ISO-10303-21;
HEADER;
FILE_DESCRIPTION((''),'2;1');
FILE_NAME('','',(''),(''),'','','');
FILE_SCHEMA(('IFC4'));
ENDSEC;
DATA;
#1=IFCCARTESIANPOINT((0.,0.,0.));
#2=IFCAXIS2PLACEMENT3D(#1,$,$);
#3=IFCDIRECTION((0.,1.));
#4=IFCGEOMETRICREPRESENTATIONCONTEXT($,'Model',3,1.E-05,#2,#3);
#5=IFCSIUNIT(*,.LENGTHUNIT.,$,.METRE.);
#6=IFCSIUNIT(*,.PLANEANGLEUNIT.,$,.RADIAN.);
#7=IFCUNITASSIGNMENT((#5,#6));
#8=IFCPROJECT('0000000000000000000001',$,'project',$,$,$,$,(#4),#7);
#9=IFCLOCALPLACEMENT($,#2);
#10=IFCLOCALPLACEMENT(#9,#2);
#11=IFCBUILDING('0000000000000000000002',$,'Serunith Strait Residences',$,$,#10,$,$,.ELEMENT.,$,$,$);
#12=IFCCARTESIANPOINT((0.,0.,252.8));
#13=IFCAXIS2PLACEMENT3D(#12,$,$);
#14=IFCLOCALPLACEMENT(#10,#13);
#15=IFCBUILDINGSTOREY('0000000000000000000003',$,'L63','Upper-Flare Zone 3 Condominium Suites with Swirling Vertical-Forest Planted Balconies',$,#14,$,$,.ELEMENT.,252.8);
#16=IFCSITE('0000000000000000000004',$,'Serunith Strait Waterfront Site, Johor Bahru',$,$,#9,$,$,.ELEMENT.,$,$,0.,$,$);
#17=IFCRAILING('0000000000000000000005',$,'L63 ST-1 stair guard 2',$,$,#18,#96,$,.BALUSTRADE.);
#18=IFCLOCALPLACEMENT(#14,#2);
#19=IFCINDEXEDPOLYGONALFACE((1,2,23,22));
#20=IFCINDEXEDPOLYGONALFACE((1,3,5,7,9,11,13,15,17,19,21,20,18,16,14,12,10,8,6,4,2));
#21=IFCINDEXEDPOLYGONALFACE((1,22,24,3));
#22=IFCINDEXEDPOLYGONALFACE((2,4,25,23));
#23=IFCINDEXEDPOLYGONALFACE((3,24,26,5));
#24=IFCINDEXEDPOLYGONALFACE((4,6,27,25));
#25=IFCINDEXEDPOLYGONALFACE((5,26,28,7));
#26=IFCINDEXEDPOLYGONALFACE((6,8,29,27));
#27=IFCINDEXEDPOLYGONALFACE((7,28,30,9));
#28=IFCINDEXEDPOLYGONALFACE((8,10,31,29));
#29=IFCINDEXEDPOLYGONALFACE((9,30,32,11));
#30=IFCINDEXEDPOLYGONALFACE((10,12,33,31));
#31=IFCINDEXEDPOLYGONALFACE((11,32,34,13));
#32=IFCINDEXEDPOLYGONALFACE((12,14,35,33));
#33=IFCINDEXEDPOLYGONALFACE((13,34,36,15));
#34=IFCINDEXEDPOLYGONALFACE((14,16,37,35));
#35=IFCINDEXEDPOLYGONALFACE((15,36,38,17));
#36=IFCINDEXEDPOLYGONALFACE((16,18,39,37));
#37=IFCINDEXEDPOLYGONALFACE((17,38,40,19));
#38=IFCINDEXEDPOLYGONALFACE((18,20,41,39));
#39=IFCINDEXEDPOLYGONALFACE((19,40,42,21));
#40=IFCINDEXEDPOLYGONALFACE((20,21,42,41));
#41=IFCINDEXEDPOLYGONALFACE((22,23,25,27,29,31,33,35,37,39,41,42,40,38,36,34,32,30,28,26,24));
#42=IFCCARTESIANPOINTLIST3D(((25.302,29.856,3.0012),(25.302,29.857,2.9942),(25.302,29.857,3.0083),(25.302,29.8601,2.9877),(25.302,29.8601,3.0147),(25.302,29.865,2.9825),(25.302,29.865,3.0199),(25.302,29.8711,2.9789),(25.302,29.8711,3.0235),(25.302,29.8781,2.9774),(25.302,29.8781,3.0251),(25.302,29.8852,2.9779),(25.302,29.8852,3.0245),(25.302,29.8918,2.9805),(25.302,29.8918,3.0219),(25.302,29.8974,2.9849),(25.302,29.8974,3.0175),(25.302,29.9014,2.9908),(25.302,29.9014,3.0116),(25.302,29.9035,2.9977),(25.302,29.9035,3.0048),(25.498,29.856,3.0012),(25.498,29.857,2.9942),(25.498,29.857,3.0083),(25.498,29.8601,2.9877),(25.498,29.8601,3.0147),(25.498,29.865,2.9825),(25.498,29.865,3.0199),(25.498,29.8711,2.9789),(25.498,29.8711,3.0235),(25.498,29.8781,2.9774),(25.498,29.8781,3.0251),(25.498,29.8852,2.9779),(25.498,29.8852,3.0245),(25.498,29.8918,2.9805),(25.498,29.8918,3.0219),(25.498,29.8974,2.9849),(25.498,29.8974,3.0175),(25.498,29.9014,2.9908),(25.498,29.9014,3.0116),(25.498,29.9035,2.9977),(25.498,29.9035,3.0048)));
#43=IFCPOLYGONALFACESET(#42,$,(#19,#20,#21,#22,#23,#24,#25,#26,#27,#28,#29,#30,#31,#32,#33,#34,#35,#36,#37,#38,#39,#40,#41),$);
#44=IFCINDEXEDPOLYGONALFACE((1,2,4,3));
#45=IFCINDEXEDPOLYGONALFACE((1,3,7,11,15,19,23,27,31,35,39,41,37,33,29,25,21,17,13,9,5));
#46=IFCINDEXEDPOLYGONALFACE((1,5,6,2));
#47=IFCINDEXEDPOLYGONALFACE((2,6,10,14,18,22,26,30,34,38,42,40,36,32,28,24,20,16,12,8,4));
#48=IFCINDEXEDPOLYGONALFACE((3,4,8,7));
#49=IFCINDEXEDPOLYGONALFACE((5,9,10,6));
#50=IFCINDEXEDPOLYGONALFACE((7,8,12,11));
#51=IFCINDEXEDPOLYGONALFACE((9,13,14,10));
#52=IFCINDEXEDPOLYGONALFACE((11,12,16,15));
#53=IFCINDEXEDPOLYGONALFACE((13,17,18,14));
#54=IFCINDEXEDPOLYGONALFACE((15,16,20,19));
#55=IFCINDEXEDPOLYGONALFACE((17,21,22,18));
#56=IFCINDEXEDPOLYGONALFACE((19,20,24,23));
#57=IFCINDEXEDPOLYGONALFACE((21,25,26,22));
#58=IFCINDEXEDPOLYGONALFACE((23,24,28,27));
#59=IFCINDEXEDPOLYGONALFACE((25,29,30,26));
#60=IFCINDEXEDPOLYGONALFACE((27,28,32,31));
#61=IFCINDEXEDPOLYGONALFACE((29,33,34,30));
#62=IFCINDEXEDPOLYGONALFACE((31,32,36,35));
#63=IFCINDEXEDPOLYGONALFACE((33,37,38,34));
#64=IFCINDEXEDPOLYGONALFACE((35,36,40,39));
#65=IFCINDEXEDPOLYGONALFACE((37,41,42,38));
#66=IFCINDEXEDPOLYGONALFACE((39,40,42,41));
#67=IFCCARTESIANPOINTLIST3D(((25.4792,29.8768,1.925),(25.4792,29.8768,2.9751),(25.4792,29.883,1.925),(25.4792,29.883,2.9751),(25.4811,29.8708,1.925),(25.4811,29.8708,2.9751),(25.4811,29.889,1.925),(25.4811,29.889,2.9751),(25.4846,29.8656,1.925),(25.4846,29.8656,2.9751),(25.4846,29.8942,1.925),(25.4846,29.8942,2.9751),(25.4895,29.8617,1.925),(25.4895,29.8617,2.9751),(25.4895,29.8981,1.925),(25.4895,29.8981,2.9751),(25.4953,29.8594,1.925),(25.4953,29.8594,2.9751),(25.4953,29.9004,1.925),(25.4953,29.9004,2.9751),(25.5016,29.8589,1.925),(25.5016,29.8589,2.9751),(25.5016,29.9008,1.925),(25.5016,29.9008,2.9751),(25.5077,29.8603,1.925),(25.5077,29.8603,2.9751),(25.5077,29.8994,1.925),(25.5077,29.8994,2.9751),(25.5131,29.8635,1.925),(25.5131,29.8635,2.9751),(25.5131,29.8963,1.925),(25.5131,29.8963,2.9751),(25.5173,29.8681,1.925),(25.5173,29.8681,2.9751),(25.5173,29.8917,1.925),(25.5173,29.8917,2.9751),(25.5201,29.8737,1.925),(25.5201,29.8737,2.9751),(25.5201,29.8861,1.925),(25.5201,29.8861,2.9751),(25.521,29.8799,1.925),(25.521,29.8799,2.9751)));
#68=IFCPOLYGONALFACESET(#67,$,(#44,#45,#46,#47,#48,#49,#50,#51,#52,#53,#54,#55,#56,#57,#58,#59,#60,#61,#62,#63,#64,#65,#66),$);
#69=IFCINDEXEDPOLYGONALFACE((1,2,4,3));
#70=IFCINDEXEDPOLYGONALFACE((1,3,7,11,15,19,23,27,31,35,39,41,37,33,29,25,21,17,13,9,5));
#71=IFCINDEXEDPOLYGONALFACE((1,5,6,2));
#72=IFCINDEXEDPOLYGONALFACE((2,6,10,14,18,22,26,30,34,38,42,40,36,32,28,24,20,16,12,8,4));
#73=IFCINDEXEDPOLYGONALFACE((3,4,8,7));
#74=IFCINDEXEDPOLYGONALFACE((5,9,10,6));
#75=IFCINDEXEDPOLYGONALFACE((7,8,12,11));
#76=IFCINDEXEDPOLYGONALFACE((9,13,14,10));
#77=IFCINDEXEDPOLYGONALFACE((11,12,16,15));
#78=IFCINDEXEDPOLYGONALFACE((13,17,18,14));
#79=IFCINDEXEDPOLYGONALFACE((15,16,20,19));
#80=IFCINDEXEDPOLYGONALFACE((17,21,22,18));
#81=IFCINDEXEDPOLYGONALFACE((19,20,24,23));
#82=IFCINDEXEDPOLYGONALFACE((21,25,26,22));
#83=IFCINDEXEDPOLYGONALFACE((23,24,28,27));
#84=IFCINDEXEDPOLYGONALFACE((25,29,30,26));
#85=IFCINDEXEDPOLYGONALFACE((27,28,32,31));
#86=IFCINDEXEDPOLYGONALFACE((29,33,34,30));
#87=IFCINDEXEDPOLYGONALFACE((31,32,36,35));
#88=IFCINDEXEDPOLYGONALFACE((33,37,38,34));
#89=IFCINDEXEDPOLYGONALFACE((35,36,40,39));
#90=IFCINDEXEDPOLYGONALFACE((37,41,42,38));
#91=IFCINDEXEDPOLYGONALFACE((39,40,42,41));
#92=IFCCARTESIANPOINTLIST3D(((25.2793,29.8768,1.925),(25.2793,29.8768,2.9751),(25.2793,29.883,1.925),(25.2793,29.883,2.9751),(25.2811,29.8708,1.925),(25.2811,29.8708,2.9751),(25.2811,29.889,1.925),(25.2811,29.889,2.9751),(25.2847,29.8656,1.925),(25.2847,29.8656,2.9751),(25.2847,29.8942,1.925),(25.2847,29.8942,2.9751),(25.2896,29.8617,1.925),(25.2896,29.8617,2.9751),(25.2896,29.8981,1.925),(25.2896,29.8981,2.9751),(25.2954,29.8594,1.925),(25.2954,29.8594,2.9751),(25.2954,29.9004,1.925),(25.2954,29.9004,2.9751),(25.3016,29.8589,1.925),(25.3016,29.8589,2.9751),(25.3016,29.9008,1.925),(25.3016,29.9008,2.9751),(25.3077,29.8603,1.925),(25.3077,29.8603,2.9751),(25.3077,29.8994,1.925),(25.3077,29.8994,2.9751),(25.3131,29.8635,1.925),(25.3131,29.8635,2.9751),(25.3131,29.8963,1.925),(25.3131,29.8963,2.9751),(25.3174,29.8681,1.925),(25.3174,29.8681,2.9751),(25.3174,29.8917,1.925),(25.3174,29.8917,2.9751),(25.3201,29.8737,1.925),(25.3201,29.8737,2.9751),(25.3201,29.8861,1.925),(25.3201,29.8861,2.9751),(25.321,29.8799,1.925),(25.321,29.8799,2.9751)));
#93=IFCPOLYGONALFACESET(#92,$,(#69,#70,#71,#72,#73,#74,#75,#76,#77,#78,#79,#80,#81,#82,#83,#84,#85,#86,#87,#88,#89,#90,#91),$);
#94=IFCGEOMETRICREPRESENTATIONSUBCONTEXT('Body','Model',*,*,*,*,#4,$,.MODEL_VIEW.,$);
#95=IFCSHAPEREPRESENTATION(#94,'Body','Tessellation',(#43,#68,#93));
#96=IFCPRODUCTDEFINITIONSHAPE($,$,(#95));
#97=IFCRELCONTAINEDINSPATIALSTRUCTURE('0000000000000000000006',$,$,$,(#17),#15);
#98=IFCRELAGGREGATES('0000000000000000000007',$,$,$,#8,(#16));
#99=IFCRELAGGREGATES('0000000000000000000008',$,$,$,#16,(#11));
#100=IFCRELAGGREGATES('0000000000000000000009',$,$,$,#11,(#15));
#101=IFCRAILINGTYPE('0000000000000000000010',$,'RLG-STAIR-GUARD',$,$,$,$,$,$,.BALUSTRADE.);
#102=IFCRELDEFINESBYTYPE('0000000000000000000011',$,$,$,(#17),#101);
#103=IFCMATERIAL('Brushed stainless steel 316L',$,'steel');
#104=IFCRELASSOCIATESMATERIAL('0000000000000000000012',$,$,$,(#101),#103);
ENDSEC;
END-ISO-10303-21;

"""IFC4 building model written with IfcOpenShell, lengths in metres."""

from ifc_helpers import new_model, si_unit, direction, frame, origin, origin_2d, place, context, subcontext, project, spatial, circle, extrude, material, type_object, element, save


model = new_model("IFC4")

# Units and contexts
model_context = context("Model", 3, precision=1e-05, world=origin(), true_north=direction((0.0, 1.0)))
body_context = subcontext(model_context, "Body", "Model", "MODEL_VIEW")
ifc_project = project(units=[si_unit("LENGTHUNIT", "METRE"), si_unit("PLANEANGLEUNIT", "RADIAN")], contexts=[model_context])

# Site, building, storey
site_placement = place(None, origin())
site = spatial("IfcSite", under=ifc_project, at=site_placement, Name="Serunith Strait Waterfront Site, Johor Bahru", CompositionType="ELEMENT", RefElevation=0.0)
building_placement = place(site_placement, origin())
building = spatial("IfcBuilding", under=site, at=building_placement, Name="Serunith Strait Residences", CompositionType="ELEMENT")
storey_placement = place(building_placement, frame((0.0, 0.0, 252.8)))
storey = spatial("IfcBuildingStorey", under=building, at=storey_placement, Name="L63", Description="Upper-Flare Zone 3 Condominium Suites with Swirling Vertical-Forest Planted Balconies", CompositionType="ELEMENT", Elevation=252.8)

# Railing
ifc_material_1 = material(Name="Brushed stainless steel 316L", Category="steel")
railing_type_1 = type_object("IfcRailingType", Name="RLG-STAIR-GUARD", PredefinedType="BALUSTRADE", material=ifc_material_1)
railing_1_placement = place(storey_placement, frame((25.5, 29.8799, 1.925)))
element("IfcRailing", 1, at=railing_1_placement, inside=storey, type_object=railing_type_1, Name="L63 ST-1 stair guard 2", PredefinedType="BALUSTRADE", context=body_context, shape_type="SweptSolid", body=[
    extrude(circle(Radius=0.0239, at=origin_2d()), frame((-0.002, 0.0, 1.0762), z_axis=(-1.0, 0.0, 0.0), x_axis=(0.0, -1.0, 0.0)), (0.0, 0.0, 1.0), 0.196),
    extrude(circle(Radius=0.021, at=origin_2d()), origin(), (0.0, 0.0, 1.0), 1.05),
    extrude(circle(Radius=0.021, at=origin_2d()), frame((-0.2, 0.0, 0.0)), (0.0, 0.0, 1.0), 1.05),
])

save(model, "model.ifc")
